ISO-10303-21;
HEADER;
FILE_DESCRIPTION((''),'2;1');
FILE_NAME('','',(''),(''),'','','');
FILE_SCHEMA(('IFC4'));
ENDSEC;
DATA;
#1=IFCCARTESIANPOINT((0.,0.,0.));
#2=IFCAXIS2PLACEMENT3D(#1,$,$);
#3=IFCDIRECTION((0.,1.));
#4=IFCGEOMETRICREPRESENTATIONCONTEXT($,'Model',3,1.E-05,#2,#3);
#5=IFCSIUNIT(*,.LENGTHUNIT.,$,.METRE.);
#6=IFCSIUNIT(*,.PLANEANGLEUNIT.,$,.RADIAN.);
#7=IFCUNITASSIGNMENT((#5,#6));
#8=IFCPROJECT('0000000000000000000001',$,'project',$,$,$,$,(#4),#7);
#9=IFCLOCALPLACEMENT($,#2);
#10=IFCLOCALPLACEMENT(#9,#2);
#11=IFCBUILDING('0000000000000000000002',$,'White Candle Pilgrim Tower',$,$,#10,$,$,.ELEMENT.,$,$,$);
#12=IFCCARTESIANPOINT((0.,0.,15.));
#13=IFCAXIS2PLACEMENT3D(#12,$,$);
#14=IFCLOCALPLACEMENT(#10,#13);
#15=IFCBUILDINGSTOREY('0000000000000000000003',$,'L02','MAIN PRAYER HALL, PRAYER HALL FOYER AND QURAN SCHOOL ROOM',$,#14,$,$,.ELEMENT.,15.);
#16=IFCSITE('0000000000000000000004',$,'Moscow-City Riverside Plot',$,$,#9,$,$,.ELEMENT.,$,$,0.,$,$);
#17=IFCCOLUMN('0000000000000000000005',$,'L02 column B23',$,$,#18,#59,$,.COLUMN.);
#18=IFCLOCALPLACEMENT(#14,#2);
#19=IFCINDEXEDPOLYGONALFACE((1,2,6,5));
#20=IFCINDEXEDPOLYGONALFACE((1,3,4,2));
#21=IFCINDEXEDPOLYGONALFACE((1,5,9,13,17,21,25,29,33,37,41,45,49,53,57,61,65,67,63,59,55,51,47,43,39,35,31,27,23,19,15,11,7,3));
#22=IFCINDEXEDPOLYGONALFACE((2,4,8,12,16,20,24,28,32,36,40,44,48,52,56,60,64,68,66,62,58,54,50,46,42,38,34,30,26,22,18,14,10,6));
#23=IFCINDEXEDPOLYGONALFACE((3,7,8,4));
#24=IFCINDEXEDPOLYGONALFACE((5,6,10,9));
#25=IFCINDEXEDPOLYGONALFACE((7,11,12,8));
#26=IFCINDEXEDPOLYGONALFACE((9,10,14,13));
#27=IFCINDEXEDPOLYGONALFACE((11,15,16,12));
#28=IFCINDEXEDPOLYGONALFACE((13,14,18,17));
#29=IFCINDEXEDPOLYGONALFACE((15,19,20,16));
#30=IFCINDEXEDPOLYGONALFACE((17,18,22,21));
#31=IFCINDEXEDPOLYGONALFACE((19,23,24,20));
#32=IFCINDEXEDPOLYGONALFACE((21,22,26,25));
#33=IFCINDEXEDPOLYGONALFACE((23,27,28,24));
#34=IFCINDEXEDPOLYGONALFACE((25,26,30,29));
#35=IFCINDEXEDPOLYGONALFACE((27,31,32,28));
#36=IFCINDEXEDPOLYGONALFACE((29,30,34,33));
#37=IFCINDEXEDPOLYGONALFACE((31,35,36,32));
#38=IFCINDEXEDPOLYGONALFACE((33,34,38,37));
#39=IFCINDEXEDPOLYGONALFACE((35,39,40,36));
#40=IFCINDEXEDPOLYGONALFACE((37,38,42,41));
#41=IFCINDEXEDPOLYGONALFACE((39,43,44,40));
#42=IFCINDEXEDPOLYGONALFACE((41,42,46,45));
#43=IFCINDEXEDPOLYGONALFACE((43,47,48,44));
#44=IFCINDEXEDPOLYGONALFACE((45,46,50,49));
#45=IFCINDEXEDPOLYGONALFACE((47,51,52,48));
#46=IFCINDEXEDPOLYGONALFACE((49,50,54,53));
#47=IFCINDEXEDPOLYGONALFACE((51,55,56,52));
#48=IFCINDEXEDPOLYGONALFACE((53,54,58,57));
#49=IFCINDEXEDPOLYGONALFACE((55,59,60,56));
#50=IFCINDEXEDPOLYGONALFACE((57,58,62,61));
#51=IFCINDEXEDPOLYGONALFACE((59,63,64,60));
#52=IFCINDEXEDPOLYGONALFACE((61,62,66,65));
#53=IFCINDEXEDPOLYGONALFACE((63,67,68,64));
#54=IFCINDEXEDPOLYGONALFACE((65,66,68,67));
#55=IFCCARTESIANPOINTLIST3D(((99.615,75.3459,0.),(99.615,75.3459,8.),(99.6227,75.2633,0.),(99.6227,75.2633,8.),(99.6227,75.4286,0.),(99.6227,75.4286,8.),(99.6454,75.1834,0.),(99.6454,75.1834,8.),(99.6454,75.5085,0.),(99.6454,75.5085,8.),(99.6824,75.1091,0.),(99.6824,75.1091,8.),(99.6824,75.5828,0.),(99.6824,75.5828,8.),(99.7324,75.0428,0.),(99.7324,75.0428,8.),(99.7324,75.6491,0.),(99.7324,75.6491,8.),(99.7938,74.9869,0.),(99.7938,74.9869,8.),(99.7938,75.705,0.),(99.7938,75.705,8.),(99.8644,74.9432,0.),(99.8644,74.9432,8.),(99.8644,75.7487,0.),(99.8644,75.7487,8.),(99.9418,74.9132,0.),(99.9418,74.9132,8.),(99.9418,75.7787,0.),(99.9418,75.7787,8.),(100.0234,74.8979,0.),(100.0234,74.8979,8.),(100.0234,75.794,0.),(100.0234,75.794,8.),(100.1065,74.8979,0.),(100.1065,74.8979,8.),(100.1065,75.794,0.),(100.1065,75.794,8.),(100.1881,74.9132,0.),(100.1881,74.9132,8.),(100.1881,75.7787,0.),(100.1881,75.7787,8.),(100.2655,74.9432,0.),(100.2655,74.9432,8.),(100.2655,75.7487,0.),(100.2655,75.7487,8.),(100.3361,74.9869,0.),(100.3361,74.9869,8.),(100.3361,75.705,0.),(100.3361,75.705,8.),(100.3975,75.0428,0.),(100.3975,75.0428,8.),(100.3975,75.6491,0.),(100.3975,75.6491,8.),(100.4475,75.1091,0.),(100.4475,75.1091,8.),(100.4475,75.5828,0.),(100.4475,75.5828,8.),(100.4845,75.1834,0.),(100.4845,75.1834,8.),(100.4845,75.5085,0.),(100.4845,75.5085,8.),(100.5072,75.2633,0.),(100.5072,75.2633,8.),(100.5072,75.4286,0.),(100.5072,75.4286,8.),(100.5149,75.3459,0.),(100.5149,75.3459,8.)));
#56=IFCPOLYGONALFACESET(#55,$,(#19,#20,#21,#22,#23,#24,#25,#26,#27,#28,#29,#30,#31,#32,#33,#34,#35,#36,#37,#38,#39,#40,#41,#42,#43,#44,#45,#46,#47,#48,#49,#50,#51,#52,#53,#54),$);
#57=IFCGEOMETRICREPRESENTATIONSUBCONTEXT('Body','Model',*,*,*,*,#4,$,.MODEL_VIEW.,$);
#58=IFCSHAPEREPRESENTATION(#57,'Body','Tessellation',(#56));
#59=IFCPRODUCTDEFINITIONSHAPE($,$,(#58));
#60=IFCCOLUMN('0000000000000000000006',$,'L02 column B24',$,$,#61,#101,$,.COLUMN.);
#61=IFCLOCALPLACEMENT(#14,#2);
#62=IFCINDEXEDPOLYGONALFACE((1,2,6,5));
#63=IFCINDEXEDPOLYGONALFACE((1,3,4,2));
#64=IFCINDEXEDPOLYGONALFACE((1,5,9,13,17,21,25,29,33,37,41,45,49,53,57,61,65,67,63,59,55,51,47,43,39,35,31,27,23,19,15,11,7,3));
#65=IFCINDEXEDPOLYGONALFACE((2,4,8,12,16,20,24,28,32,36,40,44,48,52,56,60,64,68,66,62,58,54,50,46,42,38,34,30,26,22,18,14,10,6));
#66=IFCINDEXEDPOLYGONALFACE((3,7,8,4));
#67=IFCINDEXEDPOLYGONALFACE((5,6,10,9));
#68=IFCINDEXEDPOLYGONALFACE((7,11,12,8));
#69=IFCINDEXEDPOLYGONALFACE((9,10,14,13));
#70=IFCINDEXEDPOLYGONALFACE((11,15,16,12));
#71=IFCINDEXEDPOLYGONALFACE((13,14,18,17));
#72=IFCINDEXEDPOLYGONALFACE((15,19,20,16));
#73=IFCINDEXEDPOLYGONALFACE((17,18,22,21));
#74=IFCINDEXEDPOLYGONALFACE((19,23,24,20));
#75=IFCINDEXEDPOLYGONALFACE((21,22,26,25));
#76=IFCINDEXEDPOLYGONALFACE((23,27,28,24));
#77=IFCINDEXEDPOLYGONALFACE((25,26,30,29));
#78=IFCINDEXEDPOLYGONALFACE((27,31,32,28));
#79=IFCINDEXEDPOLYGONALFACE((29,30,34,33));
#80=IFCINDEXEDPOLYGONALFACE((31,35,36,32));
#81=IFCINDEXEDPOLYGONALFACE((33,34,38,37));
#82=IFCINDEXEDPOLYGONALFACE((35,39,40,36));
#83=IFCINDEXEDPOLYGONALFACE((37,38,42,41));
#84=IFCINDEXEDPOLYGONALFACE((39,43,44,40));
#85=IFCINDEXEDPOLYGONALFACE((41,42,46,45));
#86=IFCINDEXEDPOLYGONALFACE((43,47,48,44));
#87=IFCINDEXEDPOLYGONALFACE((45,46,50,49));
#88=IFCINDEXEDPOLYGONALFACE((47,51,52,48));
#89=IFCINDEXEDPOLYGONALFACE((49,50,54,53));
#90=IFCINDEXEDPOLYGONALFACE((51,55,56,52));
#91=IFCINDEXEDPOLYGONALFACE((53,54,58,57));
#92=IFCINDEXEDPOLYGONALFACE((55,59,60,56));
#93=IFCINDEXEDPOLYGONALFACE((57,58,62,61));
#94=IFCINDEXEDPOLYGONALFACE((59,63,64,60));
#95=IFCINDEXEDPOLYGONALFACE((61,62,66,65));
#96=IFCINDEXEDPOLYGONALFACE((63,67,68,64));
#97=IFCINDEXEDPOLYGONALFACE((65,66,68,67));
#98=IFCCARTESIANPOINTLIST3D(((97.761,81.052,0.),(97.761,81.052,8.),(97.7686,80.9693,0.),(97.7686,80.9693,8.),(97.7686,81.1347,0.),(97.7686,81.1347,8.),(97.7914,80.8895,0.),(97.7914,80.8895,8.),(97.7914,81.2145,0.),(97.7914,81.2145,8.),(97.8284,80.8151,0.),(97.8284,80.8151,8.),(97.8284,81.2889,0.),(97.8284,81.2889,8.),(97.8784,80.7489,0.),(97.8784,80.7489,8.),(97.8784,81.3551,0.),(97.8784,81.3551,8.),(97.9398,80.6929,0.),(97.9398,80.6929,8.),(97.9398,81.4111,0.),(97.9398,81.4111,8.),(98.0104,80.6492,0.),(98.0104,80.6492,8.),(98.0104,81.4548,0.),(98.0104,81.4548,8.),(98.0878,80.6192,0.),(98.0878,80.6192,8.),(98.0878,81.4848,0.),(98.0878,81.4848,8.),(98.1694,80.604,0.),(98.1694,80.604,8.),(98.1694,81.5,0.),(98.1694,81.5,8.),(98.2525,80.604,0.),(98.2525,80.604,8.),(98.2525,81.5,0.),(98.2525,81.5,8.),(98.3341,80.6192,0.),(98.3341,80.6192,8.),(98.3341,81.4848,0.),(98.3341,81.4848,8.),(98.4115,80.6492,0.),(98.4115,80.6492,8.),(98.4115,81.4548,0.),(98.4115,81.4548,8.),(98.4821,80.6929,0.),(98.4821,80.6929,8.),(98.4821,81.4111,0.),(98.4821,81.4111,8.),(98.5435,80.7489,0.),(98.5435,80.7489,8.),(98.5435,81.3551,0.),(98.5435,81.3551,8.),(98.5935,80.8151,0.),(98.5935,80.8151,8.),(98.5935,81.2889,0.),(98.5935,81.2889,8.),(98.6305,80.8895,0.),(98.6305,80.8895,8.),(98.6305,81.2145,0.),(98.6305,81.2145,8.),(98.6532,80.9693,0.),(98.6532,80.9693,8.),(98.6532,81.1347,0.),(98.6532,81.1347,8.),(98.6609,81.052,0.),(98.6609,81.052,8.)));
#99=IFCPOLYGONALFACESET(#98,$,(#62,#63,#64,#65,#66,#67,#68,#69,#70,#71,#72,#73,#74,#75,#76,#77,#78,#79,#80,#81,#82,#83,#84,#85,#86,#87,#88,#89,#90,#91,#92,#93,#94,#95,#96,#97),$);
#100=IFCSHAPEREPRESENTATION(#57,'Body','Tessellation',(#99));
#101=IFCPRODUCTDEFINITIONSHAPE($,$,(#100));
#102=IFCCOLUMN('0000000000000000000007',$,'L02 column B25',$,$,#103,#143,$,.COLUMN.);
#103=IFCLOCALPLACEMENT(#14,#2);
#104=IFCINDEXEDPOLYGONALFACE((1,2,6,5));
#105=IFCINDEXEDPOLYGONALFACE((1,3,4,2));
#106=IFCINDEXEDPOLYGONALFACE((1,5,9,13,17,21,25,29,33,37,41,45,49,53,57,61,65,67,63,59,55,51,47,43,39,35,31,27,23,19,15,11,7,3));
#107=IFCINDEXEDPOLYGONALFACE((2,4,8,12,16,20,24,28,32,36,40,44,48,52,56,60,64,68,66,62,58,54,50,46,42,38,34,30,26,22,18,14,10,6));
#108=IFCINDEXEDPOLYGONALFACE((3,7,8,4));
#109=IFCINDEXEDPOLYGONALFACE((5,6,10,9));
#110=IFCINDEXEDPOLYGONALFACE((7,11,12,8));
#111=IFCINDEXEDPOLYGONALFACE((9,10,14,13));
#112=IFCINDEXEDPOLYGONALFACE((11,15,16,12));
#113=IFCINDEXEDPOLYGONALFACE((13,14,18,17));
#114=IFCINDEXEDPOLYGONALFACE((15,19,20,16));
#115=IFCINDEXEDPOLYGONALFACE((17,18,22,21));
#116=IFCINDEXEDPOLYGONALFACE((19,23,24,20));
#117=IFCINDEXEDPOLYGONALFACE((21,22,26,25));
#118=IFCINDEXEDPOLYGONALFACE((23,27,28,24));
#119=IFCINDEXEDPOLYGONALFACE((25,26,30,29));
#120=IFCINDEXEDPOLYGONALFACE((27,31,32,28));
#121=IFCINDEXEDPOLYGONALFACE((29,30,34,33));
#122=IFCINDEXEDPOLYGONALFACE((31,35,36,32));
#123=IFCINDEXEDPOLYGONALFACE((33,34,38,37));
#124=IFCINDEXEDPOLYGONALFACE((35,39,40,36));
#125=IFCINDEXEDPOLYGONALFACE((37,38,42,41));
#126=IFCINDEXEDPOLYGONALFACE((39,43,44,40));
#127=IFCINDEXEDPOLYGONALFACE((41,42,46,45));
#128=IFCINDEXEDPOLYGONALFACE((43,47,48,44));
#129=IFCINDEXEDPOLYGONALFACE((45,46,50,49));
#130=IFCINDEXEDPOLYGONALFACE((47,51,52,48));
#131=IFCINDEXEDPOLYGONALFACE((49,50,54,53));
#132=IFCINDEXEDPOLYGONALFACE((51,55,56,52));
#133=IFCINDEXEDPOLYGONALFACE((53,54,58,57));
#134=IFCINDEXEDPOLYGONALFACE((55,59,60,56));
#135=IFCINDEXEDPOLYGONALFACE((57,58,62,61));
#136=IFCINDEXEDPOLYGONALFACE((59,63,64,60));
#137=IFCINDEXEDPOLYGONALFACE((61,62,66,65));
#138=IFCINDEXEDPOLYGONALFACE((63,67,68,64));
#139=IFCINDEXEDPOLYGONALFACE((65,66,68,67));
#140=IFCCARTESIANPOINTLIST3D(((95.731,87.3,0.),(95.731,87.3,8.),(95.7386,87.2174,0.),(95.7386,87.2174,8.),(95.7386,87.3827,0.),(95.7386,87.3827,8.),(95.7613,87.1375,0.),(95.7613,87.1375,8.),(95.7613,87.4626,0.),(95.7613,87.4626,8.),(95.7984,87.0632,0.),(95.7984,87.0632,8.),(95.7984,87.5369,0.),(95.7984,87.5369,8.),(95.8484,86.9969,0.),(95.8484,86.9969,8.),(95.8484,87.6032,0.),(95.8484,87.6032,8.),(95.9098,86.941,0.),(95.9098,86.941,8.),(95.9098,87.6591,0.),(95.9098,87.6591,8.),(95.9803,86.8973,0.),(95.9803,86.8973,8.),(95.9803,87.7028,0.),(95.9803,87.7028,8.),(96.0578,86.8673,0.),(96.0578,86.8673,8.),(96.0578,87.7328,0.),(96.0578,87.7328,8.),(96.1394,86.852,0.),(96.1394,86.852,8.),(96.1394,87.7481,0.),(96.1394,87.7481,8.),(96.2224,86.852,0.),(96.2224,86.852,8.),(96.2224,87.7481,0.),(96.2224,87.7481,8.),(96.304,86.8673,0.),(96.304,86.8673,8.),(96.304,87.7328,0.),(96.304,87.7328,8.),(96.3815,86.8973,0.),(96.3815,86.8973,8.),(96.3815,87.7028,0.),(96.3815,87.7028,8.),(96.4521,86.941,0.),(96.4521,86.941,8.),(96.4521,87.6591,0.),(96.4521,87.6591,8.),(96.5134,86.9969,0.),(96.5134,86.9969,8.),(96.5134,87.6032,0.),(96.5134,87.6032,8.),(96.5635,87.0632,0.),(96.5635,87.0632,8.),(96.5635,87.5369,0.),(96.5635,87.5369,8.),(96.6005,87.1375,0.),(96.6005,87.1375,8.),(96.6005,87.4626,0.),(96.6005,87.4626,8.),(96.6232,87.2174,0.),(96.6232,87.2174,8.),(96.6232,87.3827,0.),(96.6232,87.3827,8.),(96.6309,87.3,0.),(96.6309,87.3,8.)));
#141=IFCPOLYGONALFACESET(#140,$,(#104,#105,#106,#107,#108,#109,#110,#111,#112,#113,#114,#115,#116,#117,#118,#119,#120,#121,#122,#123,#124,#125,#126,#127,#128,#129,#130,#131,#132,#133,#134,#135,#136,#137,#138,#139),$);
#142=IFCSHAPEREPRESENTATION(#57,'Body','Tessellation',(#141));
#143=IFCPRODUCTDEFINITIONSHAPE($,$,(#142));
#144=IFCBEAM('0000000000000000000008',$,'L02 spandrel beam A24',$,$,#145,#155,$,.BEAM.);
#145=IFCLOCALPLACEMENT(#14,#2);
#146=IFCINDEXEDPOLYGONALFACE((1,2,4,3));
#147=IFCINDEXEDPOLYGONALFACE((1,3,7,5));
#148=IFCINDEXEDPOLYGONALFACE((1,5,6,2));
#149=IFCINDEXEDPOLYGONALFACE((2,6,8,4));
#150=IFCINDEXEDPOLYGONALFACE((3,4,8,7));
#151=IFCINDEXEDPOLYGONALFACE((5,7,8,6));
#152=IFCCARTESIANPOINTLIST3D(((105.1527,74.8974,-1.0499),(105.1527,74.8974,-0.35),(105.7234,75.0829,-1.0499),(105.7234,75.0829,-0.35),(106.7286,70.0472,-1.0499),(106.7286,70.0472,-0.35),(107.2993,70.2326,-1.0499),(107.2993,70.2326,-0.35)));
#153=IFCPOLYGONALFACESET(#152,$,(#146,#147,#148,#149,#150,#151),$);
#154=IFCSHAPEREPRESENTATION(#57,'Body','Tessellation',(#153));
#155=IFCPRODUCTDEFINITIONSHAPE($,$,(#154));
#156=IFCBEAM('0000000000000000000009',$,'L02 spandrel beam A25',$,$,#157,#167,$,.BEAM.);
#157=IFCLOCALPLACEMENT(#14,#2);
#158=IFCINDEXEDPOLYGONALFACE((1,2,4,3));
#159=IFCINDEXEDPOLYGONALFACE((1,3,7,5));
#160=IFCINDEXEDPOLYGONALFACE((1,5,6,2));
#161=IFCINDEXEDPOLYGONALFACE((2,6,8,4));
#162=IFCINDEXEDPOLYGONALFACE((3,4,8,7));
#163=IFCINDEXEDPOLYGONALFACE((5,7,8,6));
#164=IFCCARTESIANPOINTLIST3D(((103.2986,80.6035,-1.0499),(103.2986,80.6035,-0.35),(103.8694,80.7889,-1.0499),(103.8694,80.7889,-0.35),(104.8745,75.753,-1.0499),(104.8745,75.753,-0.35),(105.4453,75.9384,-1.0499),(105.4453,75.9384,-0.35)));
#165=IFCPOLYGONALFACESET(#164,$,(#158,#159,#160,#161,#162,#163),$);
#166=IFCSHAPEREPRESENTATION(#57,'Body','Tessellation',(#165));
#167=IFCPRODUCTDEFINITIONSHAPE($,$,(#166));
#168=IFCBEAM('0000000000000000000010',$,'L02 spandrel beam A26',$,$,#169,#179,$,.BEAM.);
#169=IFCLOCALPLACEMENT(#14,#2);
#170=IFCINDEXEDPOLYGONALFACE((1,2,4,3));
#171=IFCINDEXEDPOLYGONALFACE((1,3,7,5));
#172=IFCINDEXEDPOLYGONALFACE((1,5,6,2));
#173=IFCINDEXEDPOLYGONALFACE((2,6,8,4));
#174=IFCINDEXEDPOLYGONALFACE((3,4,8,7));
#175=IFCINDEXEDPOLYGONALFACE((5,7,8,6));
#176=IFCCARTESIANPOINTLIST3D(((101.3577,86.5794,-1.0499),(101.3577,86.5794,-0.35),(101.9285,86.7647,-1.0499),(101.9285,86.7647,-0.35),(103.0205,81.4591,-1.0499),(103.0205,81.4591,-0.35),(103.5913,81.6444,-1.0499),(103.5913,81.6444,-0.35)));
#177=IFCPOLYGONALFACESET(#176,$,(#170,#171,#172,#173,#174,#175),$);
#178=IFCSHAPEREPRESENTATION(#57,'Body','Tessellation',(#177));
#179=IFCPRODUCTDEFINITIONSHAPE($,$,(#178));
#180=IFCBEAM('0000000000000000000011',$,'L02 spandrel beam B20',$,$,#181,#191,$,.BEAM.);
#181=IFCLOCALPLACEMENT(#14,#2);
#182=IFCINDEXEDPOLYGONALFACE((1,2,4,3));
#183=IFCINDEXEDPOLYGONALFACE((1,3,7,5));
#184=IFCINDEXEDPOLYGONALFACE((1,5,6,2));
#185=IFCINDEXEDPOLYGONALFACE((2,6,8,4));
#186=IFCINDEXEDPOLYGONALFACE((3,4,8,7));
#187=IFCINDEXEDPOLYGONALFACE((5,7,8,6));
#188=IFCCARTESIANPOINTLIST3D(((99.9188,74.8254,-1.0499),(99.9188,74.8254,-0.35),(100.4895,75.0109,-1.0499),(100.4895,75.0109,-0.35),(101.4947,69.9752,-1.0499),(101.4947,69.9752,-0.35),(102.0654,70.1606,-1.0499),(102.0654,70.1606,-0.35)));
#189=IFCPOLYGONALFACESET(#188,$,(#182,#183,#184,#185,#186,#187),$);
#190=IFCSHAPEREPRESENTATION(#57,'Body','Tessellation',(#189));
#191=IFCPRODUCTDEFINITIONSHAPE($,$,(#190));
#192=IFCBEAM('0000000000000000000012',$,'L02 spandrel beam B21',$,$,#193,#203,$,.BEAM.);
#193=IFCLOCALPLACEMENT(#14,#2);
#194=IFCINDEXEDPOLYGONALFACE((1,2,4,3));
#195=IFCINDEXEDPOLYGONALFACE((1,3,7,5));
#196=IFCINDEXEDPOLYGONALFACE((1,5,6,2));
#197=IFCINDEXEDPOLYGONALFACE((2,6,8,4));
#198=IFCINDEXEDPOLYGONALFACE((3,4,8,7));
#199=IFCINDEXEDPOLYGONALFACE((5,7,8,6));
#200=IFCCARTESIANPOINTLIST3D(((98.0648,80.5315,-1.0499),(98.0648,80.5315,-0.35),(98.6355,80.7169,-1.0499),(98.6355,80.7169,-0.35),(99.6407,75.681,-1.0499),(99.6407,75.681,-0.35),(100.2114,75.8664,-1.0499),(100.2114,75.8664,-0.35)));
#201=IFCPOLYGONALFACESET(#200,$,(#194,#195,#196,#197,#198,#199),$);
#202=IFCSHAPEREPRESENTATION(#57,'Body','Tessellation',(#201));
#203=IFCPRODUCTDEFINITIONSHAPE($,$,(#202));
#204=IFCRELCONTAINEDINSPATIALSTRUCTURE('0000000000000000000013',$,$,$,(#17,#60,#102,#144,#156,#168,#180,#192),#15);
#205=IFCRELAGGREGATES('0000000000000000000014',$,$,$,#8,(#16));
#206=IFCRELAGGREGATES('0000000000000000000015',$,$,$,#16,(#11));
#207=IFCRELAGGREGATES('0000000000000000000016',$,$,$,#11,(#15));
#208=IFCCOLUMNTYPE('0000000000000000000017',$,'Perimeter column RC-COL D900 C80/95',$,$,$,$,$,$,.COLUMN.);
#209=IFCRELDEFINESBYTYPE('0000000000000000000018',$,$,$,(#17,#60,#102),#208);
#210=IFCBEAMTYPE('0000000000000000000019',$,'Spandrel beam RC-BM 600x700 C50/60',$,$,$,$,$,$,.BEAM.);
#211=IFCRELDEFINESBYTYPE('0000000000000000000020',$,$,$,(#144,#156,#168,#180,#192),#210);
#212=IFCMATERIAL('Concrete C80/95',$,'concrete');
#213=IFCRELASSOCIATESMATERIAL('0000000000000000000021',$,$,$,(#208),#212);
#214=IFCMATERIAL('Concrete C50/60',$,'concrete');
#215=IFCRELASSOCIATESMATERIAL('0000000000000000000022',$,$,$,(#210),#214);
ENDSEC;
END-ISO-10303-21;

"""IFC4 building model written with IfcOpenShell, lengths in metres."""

from ifc_helpers import new_model, si_unit, direction, frame, origin, origin_2d, place, context, subcontext, project, spatial, rectangle, circle, extrude, material, material_profile, profile_set, type_object, element, save


model = new_model("IFC4")

# Units and contexts
model_context = context("Model", 3, precision=1e-05, world=origin(), true_north=direction((0.0, 1.0)))
body_context = subcontext(model_context, "Body", "Model", "MODEL_VIEW")
ifc_project = project(units=[si_unit("LENGTHUNIT", "METRE"), si_unit("PLANEANGLEUNIT", "RADIAN")], contexts=[model_context])

# Site, building, storey
site_placement = place(None, origin())
site = spatial("IfcSite", under=ifc_project, at=site_placement, Name="Moscow-City Riverside Plot", CompositionType="ELEMENT", RefElevation=0.0)
building_placement = place(site_placement, origin())
building = spatial("IfcBuilding", under=site, at=building_placement, Name="White Candle Pilgrim Tower", CompositionType="ELEMENT")
storey_placement = place(building_placement, frame((0.0, 0.0, 15.0)))
storey = spatial("IfcBuildingStorey", under=building, at=storey_placement, Name="L02", Description="MAIN PRAYER HALL, PRAYER HALL FOYER AND QURAN SCHOOL ROOM", CompositionType="ELEMENT", Elevation=15.0)

# Columns
ifc_material_1 = material(Name="Concrete C80/95", Category="concrete")
ifc_material_profile_1 = material_profile(ifc_material_1, circle(Radius=0.45, at=origin_2d()), Name="RC-COL D900")
ifc_profile_set_1 = profile_set([ifc_material_profile_1], Name="Concrete C80/95")
column_type = type_object("IfcColumnType", Name="Perimeter column RC-COL D900 C80/95", PredefinedType="COLUMN", material=ifc_profile_set_1)
for number, where, z_axis, x_axis, name in (
    (1, (100.0649, 75.3459, 0.0), (0.0, 0.0, 1.0), (1.0, 0.0, 0.0), "L02 column B23"),
    (2, (98.2109, 81.052, 0.0), (0.0, 0.0, 1.0), (1.0, 0.0, 0.0), "L02 column B24"),
    (3, (96.1809, 87.3, 0.0), (0.0, 0.0, 1.0), (1.0, 0.0, 0.0), "L02 column B25"),
):
    element("IfcColumn", number, at=place(storey_placement, frame(where, z_axis=z_axis, x_axis=x_axis)), inside=storey, type_object=column_type, Name=name, PredefinedType="COLUMN", context=body_context, shape_type="SweptSolid", body=[
        extrude(circle(Radius=0.45, at=origin_2d()), origin(), (0.0, 0.0, 1.0), 8.0),
    ])

# Beams
ifc_material_2 = material(Name="Concrete C50/60", Category="concrete")
ifc_material_profile_2 = material_profile(ifc_material_2, rectangle(XDim=0.6001, YDim=0.7, at=origin_2d()), Name="RC-BM 600x700")
ifc_profile_set_2 = profile_set([ifc_material_profile_2], Name="Concrete C50/60")
beam_type = type_object("IfcBeamType", Name="Spandrel beam RC-BM 600x700 C50/60", PredefinedType="BEAM", material=ifc_profile_set_2)
beam_1_placement = place(storey_placement, frame((107.0139, 70.1399, -0.7), z_axis=(-0.309009, 0.951059, 0.0), x_axis=(-0.951059, -0.309009, 0.0)))
element("IfcBeam", 4, at=beam_1_placement, inside=storey, type_object=beam_type, Name="L02 spandrel beam A24", PredefinedType="BEAM", context=body_context, shape_type="SweptSolid", body=[
    extrude(rectangle(XDim=0.6001, YDim=0.7, at=origin_2d()), origin(), (0.0, 0.0, 1.0), 5.0999),
])
beam_2_placement = place(storey_placement, frame((105.1599, 75.8457, -0.7), z_axis=(-0.308995, 0.951064, 0.0), x_axis=(-0.951064, -0.308995, 0.0)))
element("IfcBeam", 5, at=beam_2_placement, inside=storey, type_object=beam_type, Name="L02 spandrel beam A25", PredefinedType="BEAM", context=body_context, shape_type="SweptSolid", body=[
    extrude(rectangle(XDim=0.6001, YDim=0.7, at=origin_2d()), origin(), (0.0, 0.0, 1.0), 5.1001),
])
beam_3_placement = place(storey_placement, frame((103.3059, 81.5518, -0.7), z_axis=(-0.308872, 0.951104, 0.0), x_axis=(-0.951104, -0.308872, 0.0)))
element("IfcBeam", 6, at=beam_3_placement, inside=storey, type_object=beam_type, Name="L02 spandrel beam A26", PredefinedType="BEAM", context=body_context, shape_type="SweptSolid", body=[
    extrude(rectangle(XDim=0.6001, YDim=0.7, at=origin_2d()), origin(), (0.0, 0.0, 1.0), 5.3835),
])
beam_4_placement = place(storey_placement, frame((101.78, 70.0679, -0.7), z_axis=(-0.309009, 0.951059, 0.0), x_axis=(-0.951059, -0.309009, 0.0)))
element("IfcBeam", 7, at=beam_4_placement, inside=storey, type_object=beam_type, Name="L02 spandrel beam B20", PredefinedType="BEAM", context=body_context, shape_type="SweptSolid", body=[
    extrude(rectangle(XDim=0.6001, YDim=0.7, at=origin_2d()), origin(), (0.0, 0.0, 1.0), 5.0999),
])
beam_5_placement = place(storey_placement, frame((99.926, 75.7737, -0.7), z_axis=(-0.308995, 0.951064, 0.0), x_axis=(-0.951064, -0.308995, 0.0)))
element("IfcBeam", 8, at=beam_5_placement, inside=storey, type_object=beam_type, Name="L02 spandrel beam B21", PredefinedType="BEAM", context=body_context, shape_type="SweptSolid", body=[
    extrude(rectangle(XDim=0.6001, YDim=0.7, at=origin_2d()), origin(), (0.0, 0.0, 1.0), 5.1001),
])

save(model, "model.ifc")
